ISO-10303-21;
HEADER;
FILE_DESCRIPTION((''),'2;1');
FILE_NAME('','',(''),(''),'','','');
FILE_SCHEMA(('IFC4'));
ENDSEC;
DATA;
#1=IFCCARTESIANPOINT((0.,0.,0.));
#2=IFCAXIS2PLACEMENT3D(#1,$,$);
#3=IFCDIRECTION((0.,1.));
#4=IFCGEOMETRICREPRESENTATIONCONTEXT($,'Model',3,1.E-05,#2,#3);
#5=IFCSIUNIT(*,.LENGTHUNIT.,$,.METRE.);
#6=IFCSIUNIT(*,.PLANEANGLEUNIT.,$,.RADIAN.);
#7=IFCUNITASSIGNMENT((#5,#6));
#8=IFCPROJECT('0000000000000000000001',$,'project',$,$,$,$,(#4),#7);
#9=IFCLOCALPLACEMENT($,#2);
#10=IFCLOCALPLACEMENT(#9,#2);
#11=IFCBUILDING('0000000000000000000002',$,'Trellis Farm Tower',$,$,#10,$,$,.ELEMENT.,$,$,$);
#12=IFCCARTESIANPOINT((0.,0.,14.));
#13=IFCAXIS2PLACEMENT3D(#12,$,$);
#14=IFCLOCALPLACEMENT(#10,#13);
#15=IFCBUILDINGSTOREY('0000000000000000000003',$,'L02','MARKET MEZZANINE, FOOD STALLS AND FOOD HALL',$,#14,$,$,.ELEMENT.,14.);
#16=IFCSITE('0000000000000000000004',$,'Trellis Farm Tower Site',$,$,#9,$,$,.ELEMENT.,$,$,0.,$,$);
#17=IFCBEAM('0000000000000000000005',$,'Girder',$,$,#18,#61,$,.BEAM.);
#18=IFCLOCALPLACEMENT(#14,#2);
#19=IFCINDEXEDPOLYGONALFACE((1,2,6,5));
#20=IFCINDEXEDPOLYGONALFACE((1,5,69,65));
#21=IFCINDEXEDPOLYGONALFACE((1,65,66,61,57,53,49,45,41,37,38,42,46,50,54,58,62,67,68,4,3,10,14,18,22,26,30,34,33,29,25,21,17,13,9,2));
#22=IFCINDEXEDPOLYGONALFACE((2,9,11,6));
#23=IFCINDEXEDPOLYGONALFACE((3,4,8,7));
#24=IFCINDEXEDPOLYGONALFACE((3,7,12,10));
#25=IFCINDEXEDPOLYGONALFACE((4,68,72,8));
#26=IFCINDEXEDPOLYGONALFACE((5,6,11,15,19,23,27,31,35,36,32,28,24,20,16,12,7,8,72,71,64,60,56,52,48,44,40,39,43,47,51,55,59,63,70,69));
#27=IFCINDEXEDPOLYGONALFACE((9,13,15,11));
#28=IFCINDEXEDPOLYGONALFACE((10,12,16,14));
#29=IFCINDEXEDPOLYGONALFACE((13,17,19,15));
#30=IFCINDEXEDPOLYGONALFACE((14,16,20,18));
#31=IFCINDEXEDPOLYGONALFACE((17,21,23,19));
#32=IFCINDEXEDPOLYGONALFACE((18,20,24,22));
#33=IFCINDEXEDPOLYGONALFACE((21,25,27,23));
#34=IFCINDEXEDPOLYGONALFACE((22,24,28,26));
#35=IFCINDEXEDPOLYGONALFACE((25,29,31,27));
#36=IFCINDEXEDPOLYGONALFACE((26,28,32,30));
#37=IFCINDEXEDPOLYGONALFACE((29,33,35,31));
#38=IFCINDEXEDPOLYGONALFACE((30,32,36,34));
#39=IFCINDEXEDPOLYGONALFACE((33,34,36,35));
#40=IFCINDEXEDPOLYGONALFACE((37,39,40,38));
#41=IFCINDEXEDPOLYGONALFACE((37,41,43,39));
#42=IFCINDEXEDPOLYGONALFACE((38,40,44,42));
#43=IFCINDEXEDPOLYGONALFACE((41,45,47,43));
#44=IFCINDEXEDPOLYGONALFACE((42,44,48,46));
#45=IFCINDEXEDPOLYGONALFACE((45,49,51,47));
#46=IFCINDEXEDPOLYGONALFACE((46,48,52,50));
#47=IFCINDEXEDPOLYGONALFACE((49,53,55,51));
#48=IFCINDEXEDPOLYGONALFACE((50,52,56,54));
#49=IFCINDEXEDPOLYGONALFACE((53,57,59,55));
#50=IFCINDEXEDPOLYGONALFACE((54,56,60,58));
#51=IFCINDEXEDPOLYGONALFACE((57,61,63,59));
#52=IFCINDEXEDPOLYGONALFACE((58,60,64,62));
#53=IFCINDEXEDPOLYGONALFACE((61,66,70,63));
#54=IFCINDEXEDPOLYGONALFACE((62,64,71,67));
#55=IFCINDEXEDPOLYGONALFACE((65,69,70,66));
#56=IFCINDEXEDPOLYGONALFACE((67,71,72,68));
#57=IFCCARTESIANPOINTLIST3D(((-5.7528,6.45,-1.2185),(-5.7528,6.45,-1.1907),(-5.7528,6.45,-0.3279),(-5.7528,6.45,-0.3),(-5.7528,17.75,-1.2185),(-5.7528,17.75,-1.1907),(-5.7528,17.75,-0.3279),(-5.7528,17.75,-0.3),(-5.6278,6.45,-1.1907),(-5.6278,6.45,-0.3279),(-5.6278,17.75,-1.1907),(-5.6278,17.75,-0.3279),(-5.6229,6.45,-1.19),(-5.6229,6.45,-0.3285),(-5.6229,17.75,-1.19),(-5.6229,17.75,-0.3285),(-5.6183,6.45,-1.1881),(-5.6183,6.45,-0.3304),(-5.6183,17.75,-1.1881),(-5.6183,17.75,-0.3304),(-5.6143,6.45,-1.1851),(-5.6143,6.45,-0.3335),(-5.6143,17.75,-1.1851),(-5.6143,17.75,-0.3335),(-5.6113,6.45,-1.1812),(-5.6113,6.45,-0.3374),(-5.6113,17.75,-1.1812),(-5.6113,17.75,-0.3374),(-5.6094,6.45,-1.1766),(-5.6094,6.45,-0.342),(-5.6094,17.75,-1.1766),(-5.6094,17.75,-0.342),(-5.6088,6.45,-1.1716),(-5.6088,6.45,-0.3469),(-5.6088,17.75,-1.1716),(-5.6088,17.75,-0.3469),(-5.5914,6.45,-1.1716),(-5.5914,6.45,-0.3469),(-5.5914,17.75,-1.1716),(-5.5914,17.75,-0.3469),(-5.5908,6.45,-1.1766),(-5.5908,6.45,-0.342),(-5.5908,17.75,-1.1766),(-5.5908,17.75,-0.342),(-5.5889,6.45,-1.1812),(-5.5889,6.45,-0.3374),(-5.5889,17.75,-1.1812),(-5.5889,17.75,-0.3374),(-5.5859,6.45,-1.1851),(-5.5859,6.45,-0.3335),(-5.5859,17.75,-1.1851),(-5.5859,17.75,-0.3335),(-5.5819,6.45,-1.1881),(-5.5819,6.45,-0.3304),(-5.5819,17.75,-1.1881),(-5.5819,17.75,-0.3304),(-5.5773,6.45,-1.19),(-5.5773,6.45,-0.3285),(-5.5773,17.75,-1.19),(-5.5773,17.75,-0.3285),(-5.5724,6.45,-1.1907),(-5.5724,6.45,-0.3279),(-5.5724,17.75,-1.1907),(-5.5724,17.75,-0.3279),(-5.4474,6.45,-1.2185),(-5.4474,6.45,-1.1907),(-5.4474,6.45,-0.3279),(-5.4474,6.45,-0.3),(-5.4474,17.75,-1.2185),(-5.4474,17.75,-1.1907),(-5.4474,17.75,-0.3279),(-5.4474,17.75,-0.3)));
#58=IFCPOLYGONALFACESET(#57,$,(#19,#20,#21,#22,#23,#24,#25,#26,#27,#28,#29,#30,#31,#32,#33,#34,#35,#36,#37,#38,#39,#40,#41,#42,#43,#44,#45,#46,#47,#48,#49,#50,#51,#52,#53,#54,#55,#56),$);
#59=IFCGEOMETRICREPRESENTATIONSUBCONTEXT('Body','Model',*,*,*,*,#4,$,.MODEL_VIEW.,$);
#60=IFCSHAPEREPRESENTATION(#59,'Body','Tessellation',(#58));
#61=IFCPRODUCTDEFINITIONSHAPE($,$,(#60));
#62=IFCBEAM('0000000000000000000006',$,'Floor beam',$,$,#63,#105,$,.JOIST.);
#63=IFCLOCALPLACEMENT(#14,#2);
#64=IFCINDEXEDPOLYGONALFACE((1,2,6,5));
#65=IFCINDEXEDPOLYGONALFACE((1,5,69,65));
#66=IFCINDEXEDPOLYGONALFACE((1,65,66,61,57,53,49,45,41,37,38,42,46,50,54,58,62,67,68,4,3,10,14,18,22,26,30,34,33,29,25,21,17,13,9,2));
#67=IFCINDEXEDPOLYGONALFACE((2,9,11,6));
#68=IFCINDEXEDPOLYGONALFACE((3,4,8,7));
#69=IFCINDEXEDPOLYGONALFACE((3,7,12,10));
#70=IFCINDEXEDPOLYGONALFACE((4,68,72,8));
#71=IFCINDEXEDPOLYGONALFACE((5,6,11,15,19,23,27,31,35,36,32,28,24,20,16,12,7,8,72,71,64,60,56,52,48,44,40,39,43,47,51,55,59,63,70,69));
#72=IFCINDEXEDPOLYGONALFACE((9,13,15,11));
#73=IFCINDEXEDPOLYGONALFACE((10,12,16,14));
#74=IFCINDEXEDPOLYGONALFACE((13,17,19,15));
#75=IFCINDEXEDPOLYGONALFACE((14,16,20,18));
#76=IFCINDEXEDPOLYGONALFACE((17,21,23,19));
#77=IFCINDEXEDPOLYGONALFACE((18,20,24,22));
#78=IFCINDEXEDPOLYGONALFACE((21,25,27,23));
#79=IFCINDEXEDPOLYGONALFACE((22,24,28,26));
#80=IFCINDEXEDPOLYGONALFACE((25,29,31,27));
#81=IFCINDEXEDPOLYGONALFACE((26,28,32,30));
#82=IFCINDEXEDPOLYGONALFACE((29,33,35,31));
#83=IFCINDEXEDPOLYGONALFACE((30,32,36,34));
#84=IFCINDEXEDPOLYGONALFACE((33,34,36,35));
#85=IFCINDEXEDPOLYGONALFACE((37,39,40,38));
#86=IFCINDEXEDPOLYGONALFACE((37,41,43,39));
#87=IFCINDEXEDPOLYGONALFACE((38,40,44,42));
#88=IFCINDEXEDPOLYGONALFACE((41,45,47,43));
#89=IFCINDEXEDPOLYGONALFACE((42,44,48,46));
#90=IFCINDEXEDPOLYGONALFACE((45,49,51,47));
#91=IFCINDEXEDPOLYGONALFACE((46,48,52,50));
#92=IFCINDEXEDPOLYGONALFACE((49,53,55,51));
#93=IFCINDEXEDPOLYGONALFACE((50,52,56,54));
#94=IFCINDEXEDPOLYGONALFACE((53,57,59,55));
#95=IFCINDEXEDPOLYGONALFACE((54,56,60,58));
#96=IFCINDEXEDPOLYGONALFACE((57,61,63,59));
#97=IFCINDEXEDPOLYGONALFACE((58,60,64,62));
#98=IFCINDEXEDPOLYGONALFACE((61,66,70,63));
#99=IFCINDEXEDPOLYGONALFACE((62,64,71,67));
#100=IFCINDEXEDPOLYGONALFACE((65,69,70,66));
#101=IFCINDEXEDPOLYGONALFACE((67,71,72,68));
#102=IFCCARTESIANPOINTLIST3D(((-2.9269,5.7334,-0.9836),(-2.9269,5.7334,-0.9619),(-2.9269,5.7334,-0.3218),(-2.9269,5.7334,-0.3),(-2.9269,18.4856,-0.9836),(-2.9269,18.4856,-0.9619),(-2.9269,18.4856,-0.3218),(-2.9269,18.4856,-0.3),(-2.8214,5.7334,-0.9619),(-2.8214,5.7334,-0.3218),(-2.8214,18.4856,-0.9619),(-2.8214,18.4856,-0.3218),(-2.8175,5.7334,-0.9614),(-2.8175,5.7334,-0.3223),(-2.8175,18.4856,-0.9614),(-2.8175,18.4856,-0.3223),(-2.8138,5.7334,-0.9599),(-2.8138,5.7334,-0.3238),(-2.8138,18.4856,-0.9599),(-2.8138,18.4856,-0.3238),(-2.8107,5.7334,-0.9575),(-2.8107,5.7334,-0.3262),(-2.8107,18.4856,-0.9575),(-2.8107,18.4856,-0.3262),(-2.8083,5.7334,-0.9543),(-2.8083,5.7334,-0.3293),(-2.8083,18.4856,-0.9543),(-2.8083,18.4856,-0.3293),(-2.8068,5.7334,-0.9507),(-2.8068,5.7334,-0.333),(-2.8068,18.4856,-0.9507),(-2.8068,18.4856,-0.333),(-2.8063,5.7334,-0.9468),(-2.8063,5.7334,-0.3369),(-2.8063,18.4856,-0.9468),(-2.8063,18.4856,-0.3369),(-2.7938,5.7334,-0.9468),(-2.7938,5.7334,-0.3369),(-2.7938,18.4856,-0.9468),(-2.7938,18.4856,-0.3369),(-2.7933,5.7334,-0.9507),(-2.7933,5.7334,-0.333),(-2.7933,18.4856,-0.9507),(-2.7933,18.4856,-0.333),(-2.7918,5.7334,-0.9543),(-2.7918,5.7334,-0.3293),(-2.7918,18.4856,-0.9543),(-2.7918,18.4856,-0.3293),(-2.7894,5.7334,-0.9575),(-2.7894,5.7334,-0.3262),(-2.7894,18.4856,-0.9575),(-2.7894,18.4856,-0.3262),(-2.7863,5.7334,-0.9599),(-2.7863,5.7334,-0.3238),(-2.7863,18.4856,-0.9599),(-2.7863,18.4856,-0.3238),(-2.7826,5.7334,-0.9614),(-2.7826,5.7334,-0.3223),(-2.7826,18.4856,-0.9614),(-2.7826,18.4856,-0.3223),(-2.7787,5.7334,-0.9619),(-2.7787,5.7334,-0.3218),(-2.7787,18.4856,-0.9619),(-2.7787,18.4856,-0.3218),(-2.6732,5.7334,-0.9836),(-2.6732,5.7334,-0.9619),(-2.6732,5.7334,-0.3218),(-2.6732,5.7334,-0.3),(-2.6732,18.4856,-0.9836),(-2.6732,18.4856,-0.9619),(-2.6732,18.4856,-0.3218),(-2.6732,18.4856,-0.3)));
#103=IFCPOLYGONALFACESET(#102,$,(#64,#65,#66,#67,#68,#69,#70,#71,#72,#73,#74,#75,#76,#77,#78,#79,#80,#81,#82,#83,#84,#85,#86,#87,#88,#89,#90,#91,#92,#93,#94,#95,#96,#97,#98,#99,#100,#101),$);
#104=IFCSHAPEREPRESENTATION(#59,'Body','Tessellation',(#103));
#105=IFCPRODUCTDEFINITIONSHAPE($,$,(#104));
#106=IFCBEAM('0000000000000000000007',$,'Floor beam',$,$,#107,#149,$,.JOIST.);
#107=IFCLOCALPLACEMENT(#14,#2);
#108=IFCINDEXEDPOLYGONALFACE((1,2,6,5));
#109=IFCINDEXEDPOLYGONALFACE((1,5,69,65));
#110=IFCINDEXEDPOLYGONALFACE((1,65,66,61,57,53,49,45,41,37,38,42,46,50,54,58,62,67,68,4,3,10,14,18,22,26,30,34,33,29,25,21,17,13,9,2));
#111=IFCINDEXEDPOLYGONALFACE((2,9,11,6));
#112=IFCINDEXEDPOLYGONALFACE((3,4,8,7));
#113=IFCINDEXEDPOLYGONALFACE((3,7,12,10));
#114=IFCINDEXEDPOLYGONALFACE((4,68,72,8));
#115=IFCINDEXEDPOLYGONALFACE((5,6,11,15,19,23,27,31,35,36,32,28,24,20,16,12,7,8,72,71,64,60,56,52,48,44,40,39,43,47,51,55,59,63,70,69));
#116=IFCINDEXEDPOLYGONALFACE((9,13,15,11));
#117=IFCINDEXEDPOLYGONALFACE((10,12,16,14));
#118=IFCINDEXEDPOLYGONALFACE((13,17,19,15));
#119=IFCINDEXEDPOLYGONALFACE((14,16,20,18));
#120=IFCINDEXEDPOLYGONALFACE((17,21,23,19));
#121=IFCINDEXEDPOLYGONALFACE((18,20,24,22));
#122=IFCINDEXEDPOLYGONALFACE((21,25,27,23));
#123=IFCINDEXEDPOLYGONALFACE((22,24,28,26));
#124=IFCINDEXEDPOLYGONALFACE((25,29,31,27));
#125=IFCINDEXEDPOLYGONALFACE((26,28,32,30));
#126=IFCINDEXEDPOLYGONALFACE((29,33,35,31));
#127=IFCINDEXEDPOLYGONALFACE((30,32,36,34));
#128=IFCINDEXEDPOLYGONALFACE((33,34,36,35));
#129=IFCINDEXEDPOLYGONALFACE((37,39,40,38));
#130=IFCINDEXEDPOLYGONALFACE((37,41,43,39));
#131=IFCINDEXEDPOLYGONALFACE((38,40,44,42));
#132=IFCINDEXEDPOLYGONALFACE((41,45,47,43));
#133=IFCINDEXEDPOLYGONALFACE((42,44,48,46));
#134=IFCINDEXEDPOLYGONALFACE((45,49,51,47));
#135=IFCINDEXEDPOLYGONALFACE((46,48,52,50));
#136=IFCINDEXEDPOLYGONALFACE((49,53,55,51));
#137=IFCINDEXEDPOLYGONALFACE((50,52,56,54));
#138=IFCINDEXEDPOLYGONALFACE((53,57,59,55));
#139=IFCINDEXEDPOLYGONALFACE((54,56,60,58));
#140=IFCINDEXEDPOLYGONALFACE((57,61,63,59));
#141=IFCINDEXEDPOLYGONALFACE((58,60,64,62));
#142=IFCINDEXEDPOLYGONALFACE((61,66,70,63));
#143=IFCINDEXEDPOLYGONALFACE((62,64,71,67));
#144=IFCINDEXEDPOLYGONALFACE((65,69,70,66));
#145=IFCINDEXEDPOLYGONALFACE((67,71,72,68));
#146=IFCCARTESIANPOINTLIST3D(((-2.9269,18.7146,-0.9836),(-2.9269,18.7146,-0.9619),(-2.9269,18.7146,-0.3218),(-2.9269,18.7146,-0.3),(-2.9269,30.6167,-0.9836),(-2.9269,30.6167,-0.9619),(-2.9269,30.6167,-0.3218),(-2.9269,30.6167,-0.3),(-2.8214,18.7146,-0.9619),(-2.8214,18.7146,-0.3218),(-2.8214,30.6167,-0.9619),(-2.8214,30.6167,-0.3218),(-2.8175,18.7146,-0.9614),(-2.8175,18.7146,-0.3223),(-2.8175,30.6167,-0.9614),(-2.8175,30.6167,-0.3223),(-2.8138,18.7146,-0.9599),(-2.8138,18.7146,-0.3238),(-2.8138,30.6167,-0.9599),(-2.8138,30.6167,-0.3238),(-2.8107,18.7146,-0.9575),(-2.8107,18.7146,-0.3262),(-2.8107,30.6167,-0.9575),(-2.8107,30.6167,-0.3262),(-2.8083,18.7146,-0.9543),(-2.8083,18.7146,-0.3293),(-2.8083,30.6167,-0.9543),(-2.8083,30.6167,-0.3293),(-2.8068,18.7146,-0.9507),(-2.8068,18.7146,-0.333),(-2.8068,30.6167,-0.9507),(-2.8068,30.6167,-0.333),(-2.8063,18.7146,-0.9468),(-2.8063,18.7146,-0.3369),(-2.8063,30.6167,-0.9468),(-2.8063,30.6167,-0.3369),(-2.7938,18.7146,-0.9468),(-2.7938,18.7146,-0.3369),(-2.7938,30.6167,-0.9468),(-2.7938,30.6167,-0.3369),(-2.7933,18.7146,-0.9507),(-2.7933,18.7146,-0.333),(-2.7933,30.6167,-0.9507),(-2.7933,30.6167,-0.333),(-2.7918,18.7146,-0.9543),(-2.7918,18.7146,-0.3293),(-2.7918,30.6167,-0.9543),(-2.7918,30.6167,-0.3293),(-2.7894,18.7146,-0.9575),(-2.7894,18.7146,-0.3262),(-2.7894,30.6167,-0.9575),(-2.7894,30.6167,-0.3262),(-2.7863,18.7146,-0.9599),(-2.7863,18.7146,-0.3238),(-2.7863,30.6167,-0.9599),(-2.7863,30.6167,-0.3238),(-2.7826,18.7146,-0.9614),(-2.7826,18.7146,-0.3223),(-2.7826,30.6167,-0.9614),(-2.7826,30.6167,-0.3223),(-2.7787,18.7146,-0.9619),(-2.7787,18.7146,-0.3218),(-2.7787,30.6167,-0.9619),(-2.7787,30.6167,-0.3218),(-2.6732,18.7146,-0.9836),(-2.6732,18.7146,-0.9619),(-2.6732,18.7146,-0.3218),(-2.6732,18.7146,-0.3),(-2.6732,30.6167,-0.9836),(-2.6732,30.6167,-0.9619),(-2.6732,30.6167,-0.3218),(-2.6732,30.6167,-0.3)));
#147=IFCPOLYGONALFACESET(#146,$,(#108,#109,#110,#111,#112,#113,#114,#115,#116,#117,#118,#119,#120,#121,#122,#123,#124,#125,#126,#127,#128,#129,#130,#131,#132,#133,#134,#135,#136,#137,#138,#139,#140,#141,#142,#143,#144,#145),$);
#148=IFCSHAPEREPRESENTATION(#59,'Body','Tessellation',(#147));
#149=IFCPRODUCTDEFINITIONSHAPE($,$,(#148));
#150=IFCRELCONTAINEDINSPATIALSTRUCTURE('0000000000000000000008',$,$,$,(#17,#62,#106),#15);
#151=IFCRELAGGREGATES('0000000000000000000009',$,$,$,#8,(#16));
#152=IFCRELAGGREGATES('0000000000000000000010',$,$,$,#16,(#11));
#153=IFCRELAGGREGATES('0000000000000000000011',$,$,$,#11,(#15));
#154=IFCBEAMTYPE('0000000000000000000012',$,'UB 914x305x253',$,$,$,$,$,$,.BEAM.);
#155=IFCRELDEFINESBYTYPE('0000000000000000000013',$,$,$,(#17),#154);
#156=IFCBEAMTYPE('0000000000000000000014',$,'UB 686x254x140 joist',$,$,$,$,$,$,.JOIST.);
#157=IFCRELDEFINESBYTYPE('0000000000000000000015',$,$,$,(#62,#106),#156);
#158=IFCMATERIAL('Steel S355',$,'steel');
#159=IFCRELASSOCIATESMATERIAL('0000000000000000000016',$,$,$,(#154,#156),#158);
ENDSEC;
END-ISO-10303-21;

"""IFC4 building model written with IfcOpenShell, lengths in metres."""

from ifc_helpers import new_model, si_unit, direction, frame, origin, origin_2d, place, context, subcontext, project, spatial, i_section, extrude, source, transform, mapped, material, material_profile, profile_set, type_object, element, save


model = new_model("IFC4")

# Units and contexts
model_context = context("Model", 3, precision=1e-05, world=origin(), true_north=direction((0.0, 1.0)))
body_context = subcontext(model_context, "Body", "Model", "MODEL_VIEW")
ifc_project = project(units=[si_unit("LENGTHUNIT", "METRE"), si_unit("PLANEANGLEUNIT", "RADIAN")], contexts=[model_context])

# Site, building, storey
site_placement = place(None, origin())
site = spatial("IfcSite", under=ifc_project, at=site_placement, Name="Trellis Farm Tower Site", CompositionType="ELEMENT", RefElevation=0.0)
building_placement = place(site_placement, origin())
building = spatial("IfcBuilding", under=site, at=building_placement, Name="Trellis Farm Tower", CompositionType="ELEMENT")
storey_placement = place(building_placement, frame((0.0, 0.0, 14.0)))
storey = spatial("IfcBuildingStorey", under=building, at=storey_placement, Name="L02", Description="MARKET MEZZANINE, FOOD STALLS AND FOOD HALL", CompositionType="ELEMENT", Elevation=14.0)

# Beams
ifc_material_1 = material(Name="Steel S355", Category="steel")
ifc_material_profile_1 = material_profile(ifc_material_1, i_section(OverallWidth=0.3054, OverallDepth=0.9185, WebThickness=0.0173, FlangeThickness=0.0278, FilletRadius=0.019, at=origin_2d()), Name="UB 914x305x253")
ifc_profile_set_1 = profile_set([ifc_material_profile_1], Name="Steel S355")
beam_type_1 = type_object("IfcBeamType", Name="UB 914x305x253", PredefinedType="BEAM", material=ifc_profile_set_1)
shared_shape_1 = source(origin(), body_context, "Body", "SweptSolid", [
    extrude(i_section(OverallWidth=0.3054, OverallDepth=0.9185, WebThickness=0.0173, FlangeThickness=0.0278, FilletRadius=0.019, at=origin_2d()), origin(), (0.0, 0.0, 1.0), 11.3),
])
beam_1_placement = place(storey_placement, frame((-5.6001, 6.45, -0.7593), z_axis=(0.0, 1.0, 0.0), x_axis=(-1.0, 0.0, 0.0)))
element("IfcBeam", 1, at=beam_1_placement, inside=storey, type_object=beam_type_1, Name="Girder", PredefinedType="BEAM", context=body_context, shape_type="MappedRepresentation", body=[
    mapped(shared_shape_1, transform((0.0, 0.0, 0.0))),
])
ifc_material_profile_2 = material_profile(ifc_material_1, i_section(OverallWidth=0.2537, OverallDepth=0.6836, WebThickness=0.0125, FlangeThickness=0.0217, FilletRadius=0.0151, at=origin_2d()), Name="UB 686x254x140")
ifc_profile_set_2 = profile_set([ifc_material_profile_2], Name="Steel S355")
beam_type_2 = type_object("IfcBeamType", Name="UB 686x254x140 joist", PredefinedType="JOIST", material=ifc_profile_set_2)
shared_shape_2 = source(origin(), body_context, "Body", "SweptSolid", [
    extrude(i_section(OverallWidth=0.2537, OverallDepth=0.6836, WebThickness=0.0125, FlangeThickness=0.0217, FilletRadius=0.0151, at=origin_2d()), origin(), (0.0, 0.0, 1.0), 12.7522),
])
beam_2_placement = place(storey_placement, frame((-2.8, 5.7334, -0.6418), z_axis=(0.0, 1.0, 0.0), x_axis=(-1.0, 0.0, 0.0)))
element("IfcBeam", 2, at=beam_2_placement, inside=storey, type_object=beam_type_2, Name="Floor beam", PredefinedType="JOIST", context=body_context, shape_type="MappedRepresentation", body=[
    mapped(shared_shape_2, transform((0.0, 0.0, 0.0))),
])
shared_shape_3 = source(origin(), body_context, "Body", "SweptSolid", [
    extrude(i_section(OverallWidth=0.2537, OverallDepth=0.6836, WebThickness=0.0125, FlangeThickness=0.0217, FilletRadius=0.0151, at=origin_2d()), origin(), (0.0, 0.0, 1.0), 11.9021),
])
beam_3_placement = place(storey_placement, frame((-2.8, 18.7146, -0.6418), z_axis=(0.0, 1.0, 0.0), x_axis=(-1.0, 0.0, 0.0)))
element("IfcBeam", 3, at=beam_3_placement, inside=storey, type_object=beam_type_2, Name="Floor beam", PredefinedType="JOIST", context=body_context, shape_type="MappedRepresentation", body=[
    mapped(shared_shape_3, transform((0.0, 0.0, 0.0))),
])

save(model, "model.ifc")
